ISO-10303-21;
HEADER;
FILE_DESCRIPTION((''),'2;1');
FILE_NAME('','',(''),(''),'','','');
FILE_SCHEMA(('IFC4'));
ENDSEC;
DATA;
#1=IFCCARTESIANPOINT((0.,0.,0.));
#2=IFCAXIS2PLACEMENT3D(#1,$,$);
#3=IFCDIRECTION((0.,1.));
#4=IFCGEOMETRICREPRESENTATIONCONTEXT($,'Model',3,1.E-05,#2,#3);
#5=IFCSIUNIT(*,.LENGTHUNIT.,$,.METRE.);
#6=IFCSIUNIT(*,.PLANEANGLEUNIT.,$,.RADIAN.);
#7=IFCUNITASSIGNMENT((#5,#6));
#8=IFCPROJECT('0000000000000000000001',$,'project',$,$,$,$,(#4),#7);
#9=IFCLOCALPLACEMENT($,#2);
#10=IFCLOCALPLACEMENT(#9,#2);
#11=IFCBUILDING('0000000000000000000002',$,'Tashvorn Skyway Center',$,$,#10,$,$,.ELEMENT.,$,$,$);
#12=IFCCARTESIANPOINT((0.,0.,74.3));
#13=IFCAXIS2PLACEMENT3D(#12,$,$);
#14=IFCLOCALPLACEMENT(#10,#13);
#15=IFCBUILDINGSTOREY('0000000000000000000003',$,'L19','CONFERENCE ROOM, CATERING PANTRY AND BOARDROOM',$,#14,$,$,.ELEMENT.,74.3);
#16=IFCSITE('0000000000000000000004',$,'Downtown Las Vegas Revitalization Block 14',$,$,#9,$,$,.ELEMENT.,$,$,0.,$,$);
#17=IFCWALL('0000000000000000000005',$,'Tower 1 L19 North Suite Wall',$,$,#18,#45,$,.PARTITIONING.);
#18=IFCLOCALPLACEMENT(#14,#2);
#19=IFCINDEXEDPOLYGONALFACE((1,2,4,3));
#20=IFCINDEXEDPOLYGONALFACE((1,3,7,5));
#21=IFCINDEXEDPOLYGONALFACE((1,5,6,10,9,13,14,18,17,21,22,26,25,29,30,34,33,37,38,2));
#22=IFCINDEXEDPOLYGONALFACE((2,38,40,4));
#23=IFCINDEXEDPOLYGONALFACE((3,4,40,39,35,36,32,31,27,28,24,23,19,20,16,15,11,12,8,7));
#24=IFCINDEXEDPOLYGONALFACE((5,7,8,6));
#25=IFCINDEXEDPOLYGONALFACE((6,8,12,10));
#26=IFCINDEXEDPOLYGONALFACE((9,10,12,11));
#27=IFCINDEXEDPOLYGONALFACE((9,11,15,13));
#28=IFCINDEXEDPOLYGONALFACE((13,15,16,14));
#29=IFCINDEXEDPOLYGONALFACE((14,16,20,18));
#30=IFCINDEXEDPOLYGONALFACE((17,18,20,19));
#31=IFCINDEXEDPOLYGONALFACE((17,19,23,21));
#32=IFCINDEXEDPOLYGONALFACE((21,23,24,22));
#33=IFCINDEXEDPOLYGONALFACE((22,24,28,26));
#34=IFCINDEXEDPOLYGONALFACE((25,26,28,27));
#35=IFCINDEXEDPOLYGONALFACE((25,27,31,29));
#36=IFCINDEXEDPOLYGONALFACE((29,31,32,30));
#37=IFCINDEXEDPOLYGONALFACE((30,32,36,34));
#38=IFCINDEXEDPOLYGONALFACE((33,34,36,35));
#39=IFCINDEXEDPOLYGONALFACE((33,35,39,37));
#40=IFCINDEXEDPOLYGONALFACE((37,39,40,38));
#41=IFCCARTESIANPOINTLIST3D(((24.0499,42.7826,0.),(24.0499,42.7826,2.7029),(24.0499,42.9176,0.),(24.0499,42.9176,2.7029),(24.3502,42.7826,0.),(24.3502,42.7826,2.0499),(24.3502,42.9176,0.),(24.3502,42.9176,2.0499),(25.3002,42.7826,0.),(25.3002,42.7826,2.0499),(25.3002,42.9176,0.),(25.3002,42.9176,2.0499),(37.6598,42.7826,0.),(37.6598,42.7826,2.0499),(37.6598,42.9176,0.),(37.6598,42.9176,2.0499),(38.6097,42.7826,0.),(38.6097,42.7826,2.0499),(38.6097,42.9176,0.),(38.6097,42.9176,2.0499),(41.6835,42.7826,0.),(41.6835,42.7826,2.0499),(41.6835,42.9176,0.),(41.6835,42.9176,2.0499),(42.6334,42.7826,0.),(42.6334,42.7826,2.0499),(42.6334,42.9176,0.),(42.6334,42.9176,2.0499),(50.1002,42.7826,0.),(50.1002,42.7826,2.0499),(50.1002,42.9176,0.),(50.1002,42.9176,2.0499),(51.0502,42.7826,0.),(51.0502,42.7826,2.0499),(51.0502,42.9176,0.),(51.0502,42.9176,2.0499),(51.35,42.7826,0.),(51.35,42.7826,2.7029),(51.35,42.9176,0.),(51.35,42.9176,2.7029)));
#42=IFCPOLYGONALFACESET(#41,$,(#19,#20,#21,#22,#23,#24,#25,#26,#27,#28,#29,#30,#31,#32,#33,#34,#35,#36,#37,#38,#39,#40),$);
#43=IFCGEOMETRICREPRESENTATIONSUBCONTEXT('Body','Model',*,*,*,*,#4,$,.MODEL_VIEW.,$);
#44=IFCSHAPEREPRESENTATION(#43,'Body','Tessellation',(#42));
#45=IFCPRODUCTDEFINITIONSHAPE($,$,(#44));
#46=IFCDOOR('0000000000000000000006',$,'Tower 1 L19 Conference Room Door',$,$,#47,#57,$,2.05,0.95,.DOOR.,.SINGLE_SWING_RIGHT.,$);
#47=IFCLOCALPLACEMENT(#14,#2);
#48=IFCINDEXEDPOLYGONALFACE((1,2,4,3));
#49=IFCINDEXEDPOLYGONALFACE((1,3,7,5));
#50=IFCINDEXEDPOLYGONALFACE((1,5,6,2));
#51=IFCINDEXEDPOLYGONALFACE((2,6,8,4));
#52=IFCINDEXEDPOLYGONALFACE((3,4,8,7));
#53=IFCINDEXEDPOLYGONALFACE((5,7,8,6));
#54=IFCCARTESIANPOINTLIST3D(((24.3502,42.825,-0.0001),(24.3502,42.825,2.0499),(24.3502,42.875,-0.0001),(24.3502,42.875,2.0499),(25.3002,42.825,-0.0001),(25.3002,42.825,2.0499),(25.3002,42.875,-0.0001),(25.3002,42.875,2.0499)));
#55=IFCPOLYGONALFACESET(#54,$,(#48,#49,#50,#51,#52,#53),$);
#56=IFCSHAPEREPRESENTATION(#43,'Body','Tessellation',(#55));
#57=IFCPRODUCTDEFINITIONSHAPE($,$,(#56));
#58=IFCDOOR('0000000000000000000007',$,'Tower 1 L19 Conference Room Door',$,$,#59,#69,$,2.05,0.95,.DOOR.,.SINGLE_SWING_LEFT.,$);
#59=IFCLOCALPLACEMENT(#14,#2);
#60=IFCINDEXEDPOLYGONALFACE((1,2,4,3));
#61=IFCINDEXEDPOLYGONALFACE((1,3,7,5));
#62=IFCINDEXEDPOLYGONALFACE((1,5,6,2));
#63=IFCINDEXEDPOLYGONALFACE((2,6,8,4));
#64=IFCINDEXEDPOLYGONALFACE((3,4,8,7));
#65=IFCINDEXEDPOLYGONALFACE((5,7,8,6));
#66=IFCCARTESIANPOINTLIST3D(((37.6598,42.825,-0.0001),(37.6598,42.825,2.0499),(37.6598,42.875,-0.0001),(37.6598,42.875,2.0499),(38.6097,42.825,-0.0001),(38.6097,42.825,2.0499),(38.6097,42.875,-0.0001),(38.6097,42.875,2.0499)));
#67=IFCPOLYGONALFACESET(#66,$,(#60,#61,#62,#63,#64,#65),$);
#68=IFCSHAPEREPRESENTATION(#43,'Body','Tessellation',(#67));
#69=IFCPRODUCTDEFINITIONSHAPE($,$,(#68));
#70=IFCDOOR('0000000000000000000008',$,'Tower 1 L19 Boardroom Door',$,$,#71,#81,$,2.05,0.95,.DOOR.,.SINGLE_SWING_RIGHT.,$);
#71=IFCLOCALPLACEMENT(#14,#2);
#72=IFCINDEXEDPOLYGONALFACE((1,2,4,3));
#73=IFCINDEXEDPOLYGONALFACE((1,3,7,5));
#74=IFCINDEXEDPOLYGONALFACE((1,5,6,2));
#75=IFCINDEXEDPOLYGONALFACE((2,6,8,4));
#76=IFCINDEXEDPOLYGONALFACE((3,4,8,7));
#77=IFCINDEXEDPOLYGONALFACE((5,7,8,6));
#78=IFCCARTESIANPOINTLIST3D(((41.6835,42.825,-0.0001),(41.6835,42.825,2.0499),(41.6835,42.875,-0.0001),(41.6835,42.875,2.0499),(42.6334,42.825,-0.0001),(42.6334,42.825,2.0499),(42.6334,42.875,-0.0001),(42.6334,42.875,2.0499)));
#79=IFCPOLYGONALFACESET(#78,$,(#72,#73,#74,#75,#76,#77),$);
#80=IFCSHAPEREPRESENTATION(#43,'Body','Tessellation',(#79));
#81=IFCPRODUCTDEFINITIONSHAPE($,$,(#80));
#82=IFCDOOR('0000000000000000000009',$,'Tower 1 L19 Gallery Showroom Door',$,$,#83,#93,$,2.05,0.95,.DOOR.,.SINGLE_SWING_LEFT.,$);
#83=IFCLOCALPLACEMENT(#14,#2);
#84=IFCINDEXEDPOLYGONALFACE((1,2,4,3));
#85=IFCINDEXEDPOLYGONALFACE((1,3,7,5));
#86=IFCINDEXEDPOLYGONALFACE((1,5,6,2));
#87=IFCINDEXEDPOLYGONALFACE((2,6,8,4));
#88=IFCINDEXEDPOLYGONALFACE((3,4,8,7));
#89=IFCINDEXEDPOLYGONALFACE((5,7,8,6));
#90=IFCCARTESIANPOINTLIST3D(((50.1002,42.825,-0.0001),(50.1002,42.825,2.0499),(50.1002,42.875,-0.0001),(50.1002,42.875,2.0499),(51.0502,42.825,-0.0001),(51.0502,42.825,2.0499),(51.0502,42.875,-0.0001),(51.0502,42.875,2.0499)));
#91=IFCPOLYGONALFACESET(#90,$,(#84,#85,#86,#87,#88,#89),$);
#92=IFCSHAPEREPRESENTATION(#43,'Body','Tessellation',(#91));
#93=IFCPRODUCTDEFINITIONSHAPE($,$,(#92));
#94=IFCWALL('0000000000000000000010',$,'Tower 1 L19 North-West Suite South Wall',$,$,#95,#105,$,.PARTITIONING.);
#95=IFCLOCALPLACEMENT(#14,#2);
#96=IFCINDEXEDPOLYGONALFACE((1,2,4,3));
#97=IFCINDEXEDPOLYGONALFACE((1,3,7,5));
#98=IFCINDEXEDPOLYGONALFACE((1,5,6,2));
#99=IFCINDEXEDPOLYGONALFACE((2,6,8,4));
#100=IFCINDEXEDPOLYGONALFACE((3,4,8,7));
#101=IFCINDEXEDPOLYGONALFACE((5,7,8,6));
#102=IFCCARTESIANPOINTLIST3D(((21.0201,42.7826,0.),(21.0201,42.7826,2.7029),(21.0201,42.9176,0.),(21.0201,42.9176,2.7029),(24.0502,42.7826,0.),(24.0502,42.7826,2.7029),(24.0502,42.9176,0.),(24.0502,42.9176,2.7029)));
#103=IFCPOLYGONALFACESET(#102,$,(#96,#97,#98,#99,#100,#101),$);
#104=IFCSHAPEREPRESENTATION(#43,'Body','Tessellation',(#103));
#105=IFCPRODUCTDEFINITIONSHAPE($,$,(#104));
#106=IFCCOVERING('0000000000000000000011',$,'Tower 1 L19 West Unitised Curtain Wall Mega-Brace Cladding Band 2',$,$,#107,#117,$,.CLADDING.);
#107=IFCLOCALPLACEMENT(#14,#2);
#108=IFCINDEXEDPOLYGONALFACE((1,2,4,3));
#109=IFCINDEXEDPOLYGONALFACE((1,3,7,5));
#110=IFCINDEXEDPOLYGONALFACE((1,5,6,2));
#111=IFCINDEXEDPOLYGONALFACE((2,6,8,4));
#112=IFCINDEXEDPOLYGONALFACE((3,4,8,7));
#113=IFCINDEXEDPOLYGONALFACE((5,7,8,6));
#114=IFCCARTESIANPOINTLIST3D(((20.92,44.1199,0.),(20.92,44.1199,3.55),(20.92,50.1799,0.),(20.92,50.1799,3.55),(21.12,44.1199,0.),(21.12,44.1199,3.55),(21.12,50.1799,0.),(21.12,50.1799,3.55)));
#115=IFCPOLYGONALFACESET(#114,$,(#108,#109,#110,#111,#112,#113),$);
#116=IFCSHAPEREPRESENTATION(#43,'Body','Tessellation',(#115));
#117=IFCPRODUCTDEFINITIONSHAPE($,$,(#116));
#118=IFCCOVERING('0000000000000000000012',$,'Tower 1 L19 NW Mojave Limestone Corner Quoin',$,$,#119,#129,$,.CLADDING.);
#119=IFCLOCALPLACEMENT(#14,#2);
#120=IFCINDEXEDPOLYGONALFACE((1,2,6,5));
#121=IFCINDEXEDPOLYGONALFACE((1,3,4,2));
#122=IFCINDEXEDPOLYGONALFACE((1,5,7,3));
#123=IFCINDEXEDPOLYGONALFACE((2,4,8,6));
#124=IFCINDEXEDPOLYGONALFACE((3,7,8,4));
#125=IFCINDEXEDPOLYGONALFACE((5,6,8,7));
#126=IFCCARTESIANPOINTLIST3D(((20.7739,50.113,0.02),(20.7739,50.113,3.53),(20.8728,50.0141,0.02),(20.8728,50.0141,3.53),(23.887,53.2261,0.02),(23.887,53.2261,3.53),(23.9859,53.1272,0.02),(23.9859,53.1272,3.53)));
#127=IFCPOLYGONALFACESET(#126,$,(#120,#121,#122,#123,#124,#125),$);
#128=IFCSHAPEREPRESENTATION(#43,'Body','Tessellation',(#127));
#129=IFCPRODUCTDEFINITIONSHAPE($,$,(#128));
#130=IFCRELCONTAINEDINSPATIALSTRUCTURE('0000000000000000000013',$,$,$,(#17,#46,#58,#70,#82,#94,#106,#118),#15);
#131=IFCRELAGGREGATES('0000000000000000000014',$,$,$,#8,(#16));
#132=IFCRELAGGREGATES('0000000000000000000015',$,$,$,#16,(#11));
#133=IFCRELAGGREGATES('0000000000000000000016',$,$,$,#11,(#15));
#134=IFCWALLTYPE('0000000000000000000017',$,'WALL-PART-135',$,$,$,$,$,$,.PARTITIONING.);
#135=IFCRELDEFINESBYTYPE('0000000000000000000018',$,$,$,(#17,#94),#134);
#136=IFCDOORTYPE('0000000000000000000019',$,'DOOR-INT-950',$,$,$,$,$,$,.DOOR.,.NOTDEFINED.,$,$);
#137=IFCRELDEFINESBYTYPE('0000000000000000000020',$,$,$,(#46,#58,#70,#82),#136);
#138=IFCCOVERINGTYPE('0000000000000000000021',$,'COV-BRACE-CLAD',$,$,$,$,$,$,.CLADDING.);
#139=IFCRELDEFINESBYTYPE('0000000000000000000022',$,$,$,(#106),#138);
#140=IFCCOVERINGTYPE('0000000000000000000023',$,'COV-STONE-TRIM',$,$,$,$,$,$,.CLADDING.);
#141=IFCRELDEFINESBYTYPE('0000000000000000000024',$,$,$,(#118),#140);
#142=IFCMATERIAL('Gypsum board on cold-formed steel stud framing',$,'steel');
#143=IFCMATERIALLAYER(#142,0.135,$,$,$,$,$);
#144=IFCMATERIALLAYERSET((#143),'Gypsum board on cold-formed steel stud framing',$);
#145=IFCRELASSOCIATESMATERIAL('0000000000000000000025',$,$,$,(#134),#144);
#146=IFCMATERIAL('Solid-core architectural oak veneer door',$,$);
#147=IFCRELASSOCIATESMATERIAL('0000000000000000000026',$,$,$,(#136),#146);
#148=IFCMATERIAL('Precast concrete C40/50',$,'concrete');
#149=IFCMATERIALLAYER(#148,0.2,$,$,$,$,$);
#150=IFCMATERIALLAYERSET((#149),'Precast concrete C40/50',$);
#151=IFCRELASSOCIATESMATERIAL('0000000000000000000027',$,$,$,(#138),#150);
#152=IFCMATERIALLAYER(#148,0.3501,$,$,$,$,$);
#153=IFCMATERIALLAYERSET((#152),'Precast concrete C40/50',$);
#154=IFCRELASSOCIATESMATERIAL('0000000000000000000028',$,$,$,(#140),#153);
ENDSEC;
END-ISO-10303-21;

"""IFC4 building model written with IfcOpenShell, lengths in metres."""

from ifc_helpers import new_model, si_unit, direction, frame, frame_2d, origin, origin_2d, place, context, subcontext, project, spatial, rectangle, extrude, material, layer, layer_set, type_object, element, fill, save


model = new_model("IFC4")

# Units and contexts
model_context = context("Model", 3, precision=1e-05, world=origin(), true_north=direction((0.0, 1.0)))
body_context = subcontext(model_context, "Body", "Model", "MODEL_VIEW")
ifc_project = project(units=[si_unit("LENGTHUNIT", "METRE"), si_unit("PLANEANGLEUNIT", "RADIAN")], contexts=[model_context])

# Site, building, storey
site_placement = place(None, origin())
site = spatial("IfcSite", under=ifc_project, at=site_placement, Name="Downtown Las Vegas Revitalization Block 14", CompositionType="ELEMENT", RefElevation=0.0)
building_placement = place(site_placement, origin())
building = spatial("IfcBuilding", under=site, at=building_placement, Name="Tashvorn Skyway Center", CompositionType="ELEMENT")
storey_placement = place(building_placement, frame((0.0, 0.0, 74.3)))
storey = spatial("IfcBuildingStorey", under=building, at=storey_placement, Name="L19", Description="CONFERENCE ROOM, CATERING PANTRY AND BOARDROOM", CompositionType="ELEMENT", Elevation=74.3)

# Shared definitions
ifc_material_1 = material(Name="Precast concrete C40/50", Category="concrete")

# Wall, openings, doors
ifc_material_2 = material(Name="Gypsum board on cold-formed steel stud framing", Category="steel")
ifc_layer_1 = layer(ifc_material_2, 0.135)
ifc_layer_set_1 = layer_set([ifc_layer_1], Name="Gypsum board on cold-formed steel stud framing")
wall_type_1 = type_object("IfcWallType", Name="WALL-PART-135", PredefinedType="PARTITIONING", material=ifc_layer_set_1)
wall_1_placement = place(storey_placement, frame((24.05, 42.8501, 0.0), z_axis=(0.0, 0.0, 1.0), x_axis=(1.0, 0.0, 0.0)))
wall_1 = element("IfcWall", 1, at=wall_1_placement, inside=storey, type_object=wall_type_1, Name="Tower 1 L19 North Suite Wall", PredefinedType="PARTITIONING", context=body_context, shape_type="SweptSolid", body=[
    extrude(rectangle(XDim=27.3, YDim=0.135, at=frame_2d((13.6499, 0.0))), origin(), (0.0, 0.0, 1.0), 2.7029),
])
opening_1_placement = place(wall_1_placement, frame((0.3, 0.0, 0.0)))
opening_1 = element("IfcOpeningElement", 2, at=opening_1_placement, cuts=wall_1, PredefinedType="OPENING", context=body_context, shape_type="SweptSolid", body=[
    extrude(rectangle(XDim=0.95, YDim=2.05, at=frame_2d((0.4751, 1.0249))), frame((0.0, 0.0774, 0.0), z_axis=(0.0, -1.0, 0.0), x_axis=(1.0, 0.0, 0.0)), (0.0, 0.0, 1.0), 0.155),
])
opening_2_placement = place(wall_1_placement, frame((13.6096, 0.0, 0.0)))
opening_2 = element("IfcOpeningElement", 3, at=opening_2_placement, cuts=wall_1, PredefinedType="OPENING", context=body_context, shape_type="SweptSolid", body=[
    extrude(rectangle(XDim=0.95, YDim=2.05, at=frame_2d((0.4751, 1.0249))), frame((0.0, 0.0774, 0.0), z_axis=(0.0, -1.0, 0.0), x_axis=(1.0, 0.0, 0.0)), (0.0, 0.0, 1.0), 0.155),
])
opening_3_placement = place(wall_1_placement, frame((17.6333, 0.0, 0.0)))
opening_3 = element("IfcOpeningElement", 4, at=opening_3_placement, cuts=wall_1, PredefinedType="OPENING", context=body_context, shape_type="SweptSolid", body=[
    extrude(rectangle(XDim=0.95, YDim=2.05, at=frame_2d((0.4751, 1.0249))), frame((0.0, 0.0774, 0.0), z_axis=(0.0, -1.0, 0.0), x_axis=(1.0, 0.0, 0.0)), (0.0, 0.0, 1.0), 0.155),
])
opening_4_placement = place(wall_1_placement, frame((26.05, 0.0, 0.0)))
opening_4 = element("IfcOpeningElement", 5, at=opening_4_placement, cuts=wall_1, PredefinedType="OPENING", context=body_context, shape_type="SweptSolid", body=[
    extrude(rectangle(XDim=0.95, YDim=2.05, at=frame_2d((0.4751, 1.0249))), frame((0.0, 0.0774, 0.0), z_axis=(0.0, -1.0, 0.0), x_axis=(1.0, 0.0, 0.0)), (0.0, 0.0, 1.0), 0.155),
])
ifc_material_3 = material(Name="Solid-core architectural oak veneer door")
door_type = type_object("IfcDoorType", Name="DOOR-INT-950", OperationType="NOTDEFINED", PredefinedType="DOOR", material=ifc_material_3)
door_1_placement = place(opening_1_placement, origin())
door_1 = element("IfcDoor", 6, at=door_1_placement, inside=storey, type_object=door_type, Name="Tower 1 L19 Conference Room Door", OperationType="SINGLE_SWING_RIGHT", OverallHeight=2.05, OverallWidth=0.95, PredefinedType="DOOR", context=body_context, shape_type="SweptSolid", body=[
    extrude(rectangle(XDim=0.95, YDim=2.05, at=frame_2d((0.4751, 1.0249))), frame((0.0, 0.0249, 0.0), z_axis=(0.0, -1.0, 0.0), x_axis=(1.0, 0.0, 0.0)), (0.0, 0.0, 1.0), 0.05),
])
fill(opening_1, door_1)
door_2_placement = place(opening_2_placement, origin())
door_2 = element("IfcDoor", 7, at=door_2_placement, inside=storey, type_object=door_type, Name="Tower 1 L19 Conference Room Door", OperationType="SINGLE_SWING_LEFT", OverallHeight=2.05, OverallWidth=0.95, PredefinedType="DOOR", context=body_context, shape_type="SweptSolid", body=[
    extrude(rectangle(XDim=0.95, YDim=2.05, at=frame_2d((0.4751, 1.0249))), frame((0.0, 0.0249, 0.0), z_axis=(0.0, -1.0, 0.0), x_axis=(1.0, 0.0, 0.0)), (0.0, 0.0, 1.0), 0.05),
])
fill(opening_2, door_2)
door_3_placement = place(opening_3_placement, origin())
door_3 = element("IfcDoor", 8, at=door_3_placement, inside=storey, type_object=door_type, Name="Tower 1 L19 Boardroom Door", OperationType="SINGLE_SWING_RIGHT", OverallHeight=2.05, OverallWidth=0.95, PredefinedType="DOOR", context=body_context, shape_type="SweptSolid", body=[
    extrude(rectangle(XDim=0.95, YDim=2.05, at=frame_2d((0.4751, 1.0249))), frame((0.0, 0.0249, 0.0), z_axis=(0.0, -1.0, 0.0), x_axis=(1.0, 0.0, 0.0)), (0.0, 0.0, 1.0), 0.05),
])
fill(opening_3, door_3)
door_4_placement = place(opening_4_placement, origin())
door_4 = element("IfcDoor", 9, at=door_4_placement, inside=storey, type_object=door_type, Name="Tower 1 L19 Gallery Showroom Door", OperationType="SINGLE_SWING_LEFT", OverallHeight=2.05, OverallWidth=0.95, PredefinedType="DOOR", context=body_context, shape_type="SweptSolid", body=[
    extrude(rectangle(XDim=0.95, YDim=2.05, at=frame_2d((0.4751, 1.0249))), frame((0.0, 0.0249, 0.0), z_axis=(0.0, -1.0, 0.0), x_axis=(1.0, 0.0, 0.0)), (0.0, 0.0, 1.0), 0.05),
])
fill(opening_4, door_4)

# Wall
wall_2_placement = place(storey_placement, frame((21.02, 42.8501, 0.0), z_axis=(0.0, 0.0, 1.0), x_axis=(1.0, 0.0, 0.0)))
element("IfcWall", 10, at=wall_2_placement, inside=storey, type_object=wall_type_1, Name="Tower 1 L19 North-West Suite South Wall", PredefinedType="PARTITIONING", context=body_context, shape_type="SweptSolid", body=[
    extrude(rectangle(XDim=3.03, YDim=0.135, at=frame_2d((1.5151, 0.0))), origin(), (0.0, 0.0, 1.0), 2.7029),
])

# Coverings
ifc_layer_2 = layer(ifc_material_1, 0.2)
ifc_layer_set_2 = layer_set([ifc_layer_2], Name="Precast concrete C40/50")
covering_type_1 = type_object("IfcCoveringType", Name="COV-BRACE-CLAD", PredefinedType="CLADDING", material=ifc_layer_set_2)
covering_1_placement = place(storey_placement, frame((21.02, 47.1499, 0.0), z_axis=(0.0, 0.0, 1.0), x_axis=(0.0, 1.0, 0.0)))
element("IfcCovering", 11, at=covering_1_placement, inside=storey, type_object=covering_type_1, Name="Tower 1 L19 West Unitised Curtain Wall Mega-Brace Cladding Band 2", PredefinedType="CLADDING", context=body_context, shape_type="SweptSolid", body=[
    extrude(rectangle(XDim=6.0601, YDim=0.2, at=origin_2d()), origin(), (0.0, 0.0, 1.0), 3.55),
])
ifc_layer_3 = layer(ifc_material_1, 0.3501)
ifc_layer_set_3 = layer_set([ifc_layer_3], Name="Precast concrete C40/50")
covering_type_2 = type_object("IfcCoveringType", Name="COV-STONE-TRIM", PredefinedType="CLADDING", material=ifc_layer_set_3)
covering_2_placement = place(storey_placement, frame((22.3799, 51.6201, 0.02), z_axis=(0.0, 0.0, 1.0), x_axis=(-0.707107, -0.707107, 0.0)))
element("IfcCovering", 12, at=covering_2_placement, inside=storey, type_object=covering_type_2, Name="Tower 1 L19 NW Mojave Limestone Corner Quoin", PredefinedType="CLADDING", context=body_context, shape_type="SweptSolid", body=[
    extrude(rectangle(XDim=4.4026, YDim=0.1399, at=origin_2d()), origin(), (0.0, 0.0, 1.0), 3.51),
])

save(model, "model.ifc")
